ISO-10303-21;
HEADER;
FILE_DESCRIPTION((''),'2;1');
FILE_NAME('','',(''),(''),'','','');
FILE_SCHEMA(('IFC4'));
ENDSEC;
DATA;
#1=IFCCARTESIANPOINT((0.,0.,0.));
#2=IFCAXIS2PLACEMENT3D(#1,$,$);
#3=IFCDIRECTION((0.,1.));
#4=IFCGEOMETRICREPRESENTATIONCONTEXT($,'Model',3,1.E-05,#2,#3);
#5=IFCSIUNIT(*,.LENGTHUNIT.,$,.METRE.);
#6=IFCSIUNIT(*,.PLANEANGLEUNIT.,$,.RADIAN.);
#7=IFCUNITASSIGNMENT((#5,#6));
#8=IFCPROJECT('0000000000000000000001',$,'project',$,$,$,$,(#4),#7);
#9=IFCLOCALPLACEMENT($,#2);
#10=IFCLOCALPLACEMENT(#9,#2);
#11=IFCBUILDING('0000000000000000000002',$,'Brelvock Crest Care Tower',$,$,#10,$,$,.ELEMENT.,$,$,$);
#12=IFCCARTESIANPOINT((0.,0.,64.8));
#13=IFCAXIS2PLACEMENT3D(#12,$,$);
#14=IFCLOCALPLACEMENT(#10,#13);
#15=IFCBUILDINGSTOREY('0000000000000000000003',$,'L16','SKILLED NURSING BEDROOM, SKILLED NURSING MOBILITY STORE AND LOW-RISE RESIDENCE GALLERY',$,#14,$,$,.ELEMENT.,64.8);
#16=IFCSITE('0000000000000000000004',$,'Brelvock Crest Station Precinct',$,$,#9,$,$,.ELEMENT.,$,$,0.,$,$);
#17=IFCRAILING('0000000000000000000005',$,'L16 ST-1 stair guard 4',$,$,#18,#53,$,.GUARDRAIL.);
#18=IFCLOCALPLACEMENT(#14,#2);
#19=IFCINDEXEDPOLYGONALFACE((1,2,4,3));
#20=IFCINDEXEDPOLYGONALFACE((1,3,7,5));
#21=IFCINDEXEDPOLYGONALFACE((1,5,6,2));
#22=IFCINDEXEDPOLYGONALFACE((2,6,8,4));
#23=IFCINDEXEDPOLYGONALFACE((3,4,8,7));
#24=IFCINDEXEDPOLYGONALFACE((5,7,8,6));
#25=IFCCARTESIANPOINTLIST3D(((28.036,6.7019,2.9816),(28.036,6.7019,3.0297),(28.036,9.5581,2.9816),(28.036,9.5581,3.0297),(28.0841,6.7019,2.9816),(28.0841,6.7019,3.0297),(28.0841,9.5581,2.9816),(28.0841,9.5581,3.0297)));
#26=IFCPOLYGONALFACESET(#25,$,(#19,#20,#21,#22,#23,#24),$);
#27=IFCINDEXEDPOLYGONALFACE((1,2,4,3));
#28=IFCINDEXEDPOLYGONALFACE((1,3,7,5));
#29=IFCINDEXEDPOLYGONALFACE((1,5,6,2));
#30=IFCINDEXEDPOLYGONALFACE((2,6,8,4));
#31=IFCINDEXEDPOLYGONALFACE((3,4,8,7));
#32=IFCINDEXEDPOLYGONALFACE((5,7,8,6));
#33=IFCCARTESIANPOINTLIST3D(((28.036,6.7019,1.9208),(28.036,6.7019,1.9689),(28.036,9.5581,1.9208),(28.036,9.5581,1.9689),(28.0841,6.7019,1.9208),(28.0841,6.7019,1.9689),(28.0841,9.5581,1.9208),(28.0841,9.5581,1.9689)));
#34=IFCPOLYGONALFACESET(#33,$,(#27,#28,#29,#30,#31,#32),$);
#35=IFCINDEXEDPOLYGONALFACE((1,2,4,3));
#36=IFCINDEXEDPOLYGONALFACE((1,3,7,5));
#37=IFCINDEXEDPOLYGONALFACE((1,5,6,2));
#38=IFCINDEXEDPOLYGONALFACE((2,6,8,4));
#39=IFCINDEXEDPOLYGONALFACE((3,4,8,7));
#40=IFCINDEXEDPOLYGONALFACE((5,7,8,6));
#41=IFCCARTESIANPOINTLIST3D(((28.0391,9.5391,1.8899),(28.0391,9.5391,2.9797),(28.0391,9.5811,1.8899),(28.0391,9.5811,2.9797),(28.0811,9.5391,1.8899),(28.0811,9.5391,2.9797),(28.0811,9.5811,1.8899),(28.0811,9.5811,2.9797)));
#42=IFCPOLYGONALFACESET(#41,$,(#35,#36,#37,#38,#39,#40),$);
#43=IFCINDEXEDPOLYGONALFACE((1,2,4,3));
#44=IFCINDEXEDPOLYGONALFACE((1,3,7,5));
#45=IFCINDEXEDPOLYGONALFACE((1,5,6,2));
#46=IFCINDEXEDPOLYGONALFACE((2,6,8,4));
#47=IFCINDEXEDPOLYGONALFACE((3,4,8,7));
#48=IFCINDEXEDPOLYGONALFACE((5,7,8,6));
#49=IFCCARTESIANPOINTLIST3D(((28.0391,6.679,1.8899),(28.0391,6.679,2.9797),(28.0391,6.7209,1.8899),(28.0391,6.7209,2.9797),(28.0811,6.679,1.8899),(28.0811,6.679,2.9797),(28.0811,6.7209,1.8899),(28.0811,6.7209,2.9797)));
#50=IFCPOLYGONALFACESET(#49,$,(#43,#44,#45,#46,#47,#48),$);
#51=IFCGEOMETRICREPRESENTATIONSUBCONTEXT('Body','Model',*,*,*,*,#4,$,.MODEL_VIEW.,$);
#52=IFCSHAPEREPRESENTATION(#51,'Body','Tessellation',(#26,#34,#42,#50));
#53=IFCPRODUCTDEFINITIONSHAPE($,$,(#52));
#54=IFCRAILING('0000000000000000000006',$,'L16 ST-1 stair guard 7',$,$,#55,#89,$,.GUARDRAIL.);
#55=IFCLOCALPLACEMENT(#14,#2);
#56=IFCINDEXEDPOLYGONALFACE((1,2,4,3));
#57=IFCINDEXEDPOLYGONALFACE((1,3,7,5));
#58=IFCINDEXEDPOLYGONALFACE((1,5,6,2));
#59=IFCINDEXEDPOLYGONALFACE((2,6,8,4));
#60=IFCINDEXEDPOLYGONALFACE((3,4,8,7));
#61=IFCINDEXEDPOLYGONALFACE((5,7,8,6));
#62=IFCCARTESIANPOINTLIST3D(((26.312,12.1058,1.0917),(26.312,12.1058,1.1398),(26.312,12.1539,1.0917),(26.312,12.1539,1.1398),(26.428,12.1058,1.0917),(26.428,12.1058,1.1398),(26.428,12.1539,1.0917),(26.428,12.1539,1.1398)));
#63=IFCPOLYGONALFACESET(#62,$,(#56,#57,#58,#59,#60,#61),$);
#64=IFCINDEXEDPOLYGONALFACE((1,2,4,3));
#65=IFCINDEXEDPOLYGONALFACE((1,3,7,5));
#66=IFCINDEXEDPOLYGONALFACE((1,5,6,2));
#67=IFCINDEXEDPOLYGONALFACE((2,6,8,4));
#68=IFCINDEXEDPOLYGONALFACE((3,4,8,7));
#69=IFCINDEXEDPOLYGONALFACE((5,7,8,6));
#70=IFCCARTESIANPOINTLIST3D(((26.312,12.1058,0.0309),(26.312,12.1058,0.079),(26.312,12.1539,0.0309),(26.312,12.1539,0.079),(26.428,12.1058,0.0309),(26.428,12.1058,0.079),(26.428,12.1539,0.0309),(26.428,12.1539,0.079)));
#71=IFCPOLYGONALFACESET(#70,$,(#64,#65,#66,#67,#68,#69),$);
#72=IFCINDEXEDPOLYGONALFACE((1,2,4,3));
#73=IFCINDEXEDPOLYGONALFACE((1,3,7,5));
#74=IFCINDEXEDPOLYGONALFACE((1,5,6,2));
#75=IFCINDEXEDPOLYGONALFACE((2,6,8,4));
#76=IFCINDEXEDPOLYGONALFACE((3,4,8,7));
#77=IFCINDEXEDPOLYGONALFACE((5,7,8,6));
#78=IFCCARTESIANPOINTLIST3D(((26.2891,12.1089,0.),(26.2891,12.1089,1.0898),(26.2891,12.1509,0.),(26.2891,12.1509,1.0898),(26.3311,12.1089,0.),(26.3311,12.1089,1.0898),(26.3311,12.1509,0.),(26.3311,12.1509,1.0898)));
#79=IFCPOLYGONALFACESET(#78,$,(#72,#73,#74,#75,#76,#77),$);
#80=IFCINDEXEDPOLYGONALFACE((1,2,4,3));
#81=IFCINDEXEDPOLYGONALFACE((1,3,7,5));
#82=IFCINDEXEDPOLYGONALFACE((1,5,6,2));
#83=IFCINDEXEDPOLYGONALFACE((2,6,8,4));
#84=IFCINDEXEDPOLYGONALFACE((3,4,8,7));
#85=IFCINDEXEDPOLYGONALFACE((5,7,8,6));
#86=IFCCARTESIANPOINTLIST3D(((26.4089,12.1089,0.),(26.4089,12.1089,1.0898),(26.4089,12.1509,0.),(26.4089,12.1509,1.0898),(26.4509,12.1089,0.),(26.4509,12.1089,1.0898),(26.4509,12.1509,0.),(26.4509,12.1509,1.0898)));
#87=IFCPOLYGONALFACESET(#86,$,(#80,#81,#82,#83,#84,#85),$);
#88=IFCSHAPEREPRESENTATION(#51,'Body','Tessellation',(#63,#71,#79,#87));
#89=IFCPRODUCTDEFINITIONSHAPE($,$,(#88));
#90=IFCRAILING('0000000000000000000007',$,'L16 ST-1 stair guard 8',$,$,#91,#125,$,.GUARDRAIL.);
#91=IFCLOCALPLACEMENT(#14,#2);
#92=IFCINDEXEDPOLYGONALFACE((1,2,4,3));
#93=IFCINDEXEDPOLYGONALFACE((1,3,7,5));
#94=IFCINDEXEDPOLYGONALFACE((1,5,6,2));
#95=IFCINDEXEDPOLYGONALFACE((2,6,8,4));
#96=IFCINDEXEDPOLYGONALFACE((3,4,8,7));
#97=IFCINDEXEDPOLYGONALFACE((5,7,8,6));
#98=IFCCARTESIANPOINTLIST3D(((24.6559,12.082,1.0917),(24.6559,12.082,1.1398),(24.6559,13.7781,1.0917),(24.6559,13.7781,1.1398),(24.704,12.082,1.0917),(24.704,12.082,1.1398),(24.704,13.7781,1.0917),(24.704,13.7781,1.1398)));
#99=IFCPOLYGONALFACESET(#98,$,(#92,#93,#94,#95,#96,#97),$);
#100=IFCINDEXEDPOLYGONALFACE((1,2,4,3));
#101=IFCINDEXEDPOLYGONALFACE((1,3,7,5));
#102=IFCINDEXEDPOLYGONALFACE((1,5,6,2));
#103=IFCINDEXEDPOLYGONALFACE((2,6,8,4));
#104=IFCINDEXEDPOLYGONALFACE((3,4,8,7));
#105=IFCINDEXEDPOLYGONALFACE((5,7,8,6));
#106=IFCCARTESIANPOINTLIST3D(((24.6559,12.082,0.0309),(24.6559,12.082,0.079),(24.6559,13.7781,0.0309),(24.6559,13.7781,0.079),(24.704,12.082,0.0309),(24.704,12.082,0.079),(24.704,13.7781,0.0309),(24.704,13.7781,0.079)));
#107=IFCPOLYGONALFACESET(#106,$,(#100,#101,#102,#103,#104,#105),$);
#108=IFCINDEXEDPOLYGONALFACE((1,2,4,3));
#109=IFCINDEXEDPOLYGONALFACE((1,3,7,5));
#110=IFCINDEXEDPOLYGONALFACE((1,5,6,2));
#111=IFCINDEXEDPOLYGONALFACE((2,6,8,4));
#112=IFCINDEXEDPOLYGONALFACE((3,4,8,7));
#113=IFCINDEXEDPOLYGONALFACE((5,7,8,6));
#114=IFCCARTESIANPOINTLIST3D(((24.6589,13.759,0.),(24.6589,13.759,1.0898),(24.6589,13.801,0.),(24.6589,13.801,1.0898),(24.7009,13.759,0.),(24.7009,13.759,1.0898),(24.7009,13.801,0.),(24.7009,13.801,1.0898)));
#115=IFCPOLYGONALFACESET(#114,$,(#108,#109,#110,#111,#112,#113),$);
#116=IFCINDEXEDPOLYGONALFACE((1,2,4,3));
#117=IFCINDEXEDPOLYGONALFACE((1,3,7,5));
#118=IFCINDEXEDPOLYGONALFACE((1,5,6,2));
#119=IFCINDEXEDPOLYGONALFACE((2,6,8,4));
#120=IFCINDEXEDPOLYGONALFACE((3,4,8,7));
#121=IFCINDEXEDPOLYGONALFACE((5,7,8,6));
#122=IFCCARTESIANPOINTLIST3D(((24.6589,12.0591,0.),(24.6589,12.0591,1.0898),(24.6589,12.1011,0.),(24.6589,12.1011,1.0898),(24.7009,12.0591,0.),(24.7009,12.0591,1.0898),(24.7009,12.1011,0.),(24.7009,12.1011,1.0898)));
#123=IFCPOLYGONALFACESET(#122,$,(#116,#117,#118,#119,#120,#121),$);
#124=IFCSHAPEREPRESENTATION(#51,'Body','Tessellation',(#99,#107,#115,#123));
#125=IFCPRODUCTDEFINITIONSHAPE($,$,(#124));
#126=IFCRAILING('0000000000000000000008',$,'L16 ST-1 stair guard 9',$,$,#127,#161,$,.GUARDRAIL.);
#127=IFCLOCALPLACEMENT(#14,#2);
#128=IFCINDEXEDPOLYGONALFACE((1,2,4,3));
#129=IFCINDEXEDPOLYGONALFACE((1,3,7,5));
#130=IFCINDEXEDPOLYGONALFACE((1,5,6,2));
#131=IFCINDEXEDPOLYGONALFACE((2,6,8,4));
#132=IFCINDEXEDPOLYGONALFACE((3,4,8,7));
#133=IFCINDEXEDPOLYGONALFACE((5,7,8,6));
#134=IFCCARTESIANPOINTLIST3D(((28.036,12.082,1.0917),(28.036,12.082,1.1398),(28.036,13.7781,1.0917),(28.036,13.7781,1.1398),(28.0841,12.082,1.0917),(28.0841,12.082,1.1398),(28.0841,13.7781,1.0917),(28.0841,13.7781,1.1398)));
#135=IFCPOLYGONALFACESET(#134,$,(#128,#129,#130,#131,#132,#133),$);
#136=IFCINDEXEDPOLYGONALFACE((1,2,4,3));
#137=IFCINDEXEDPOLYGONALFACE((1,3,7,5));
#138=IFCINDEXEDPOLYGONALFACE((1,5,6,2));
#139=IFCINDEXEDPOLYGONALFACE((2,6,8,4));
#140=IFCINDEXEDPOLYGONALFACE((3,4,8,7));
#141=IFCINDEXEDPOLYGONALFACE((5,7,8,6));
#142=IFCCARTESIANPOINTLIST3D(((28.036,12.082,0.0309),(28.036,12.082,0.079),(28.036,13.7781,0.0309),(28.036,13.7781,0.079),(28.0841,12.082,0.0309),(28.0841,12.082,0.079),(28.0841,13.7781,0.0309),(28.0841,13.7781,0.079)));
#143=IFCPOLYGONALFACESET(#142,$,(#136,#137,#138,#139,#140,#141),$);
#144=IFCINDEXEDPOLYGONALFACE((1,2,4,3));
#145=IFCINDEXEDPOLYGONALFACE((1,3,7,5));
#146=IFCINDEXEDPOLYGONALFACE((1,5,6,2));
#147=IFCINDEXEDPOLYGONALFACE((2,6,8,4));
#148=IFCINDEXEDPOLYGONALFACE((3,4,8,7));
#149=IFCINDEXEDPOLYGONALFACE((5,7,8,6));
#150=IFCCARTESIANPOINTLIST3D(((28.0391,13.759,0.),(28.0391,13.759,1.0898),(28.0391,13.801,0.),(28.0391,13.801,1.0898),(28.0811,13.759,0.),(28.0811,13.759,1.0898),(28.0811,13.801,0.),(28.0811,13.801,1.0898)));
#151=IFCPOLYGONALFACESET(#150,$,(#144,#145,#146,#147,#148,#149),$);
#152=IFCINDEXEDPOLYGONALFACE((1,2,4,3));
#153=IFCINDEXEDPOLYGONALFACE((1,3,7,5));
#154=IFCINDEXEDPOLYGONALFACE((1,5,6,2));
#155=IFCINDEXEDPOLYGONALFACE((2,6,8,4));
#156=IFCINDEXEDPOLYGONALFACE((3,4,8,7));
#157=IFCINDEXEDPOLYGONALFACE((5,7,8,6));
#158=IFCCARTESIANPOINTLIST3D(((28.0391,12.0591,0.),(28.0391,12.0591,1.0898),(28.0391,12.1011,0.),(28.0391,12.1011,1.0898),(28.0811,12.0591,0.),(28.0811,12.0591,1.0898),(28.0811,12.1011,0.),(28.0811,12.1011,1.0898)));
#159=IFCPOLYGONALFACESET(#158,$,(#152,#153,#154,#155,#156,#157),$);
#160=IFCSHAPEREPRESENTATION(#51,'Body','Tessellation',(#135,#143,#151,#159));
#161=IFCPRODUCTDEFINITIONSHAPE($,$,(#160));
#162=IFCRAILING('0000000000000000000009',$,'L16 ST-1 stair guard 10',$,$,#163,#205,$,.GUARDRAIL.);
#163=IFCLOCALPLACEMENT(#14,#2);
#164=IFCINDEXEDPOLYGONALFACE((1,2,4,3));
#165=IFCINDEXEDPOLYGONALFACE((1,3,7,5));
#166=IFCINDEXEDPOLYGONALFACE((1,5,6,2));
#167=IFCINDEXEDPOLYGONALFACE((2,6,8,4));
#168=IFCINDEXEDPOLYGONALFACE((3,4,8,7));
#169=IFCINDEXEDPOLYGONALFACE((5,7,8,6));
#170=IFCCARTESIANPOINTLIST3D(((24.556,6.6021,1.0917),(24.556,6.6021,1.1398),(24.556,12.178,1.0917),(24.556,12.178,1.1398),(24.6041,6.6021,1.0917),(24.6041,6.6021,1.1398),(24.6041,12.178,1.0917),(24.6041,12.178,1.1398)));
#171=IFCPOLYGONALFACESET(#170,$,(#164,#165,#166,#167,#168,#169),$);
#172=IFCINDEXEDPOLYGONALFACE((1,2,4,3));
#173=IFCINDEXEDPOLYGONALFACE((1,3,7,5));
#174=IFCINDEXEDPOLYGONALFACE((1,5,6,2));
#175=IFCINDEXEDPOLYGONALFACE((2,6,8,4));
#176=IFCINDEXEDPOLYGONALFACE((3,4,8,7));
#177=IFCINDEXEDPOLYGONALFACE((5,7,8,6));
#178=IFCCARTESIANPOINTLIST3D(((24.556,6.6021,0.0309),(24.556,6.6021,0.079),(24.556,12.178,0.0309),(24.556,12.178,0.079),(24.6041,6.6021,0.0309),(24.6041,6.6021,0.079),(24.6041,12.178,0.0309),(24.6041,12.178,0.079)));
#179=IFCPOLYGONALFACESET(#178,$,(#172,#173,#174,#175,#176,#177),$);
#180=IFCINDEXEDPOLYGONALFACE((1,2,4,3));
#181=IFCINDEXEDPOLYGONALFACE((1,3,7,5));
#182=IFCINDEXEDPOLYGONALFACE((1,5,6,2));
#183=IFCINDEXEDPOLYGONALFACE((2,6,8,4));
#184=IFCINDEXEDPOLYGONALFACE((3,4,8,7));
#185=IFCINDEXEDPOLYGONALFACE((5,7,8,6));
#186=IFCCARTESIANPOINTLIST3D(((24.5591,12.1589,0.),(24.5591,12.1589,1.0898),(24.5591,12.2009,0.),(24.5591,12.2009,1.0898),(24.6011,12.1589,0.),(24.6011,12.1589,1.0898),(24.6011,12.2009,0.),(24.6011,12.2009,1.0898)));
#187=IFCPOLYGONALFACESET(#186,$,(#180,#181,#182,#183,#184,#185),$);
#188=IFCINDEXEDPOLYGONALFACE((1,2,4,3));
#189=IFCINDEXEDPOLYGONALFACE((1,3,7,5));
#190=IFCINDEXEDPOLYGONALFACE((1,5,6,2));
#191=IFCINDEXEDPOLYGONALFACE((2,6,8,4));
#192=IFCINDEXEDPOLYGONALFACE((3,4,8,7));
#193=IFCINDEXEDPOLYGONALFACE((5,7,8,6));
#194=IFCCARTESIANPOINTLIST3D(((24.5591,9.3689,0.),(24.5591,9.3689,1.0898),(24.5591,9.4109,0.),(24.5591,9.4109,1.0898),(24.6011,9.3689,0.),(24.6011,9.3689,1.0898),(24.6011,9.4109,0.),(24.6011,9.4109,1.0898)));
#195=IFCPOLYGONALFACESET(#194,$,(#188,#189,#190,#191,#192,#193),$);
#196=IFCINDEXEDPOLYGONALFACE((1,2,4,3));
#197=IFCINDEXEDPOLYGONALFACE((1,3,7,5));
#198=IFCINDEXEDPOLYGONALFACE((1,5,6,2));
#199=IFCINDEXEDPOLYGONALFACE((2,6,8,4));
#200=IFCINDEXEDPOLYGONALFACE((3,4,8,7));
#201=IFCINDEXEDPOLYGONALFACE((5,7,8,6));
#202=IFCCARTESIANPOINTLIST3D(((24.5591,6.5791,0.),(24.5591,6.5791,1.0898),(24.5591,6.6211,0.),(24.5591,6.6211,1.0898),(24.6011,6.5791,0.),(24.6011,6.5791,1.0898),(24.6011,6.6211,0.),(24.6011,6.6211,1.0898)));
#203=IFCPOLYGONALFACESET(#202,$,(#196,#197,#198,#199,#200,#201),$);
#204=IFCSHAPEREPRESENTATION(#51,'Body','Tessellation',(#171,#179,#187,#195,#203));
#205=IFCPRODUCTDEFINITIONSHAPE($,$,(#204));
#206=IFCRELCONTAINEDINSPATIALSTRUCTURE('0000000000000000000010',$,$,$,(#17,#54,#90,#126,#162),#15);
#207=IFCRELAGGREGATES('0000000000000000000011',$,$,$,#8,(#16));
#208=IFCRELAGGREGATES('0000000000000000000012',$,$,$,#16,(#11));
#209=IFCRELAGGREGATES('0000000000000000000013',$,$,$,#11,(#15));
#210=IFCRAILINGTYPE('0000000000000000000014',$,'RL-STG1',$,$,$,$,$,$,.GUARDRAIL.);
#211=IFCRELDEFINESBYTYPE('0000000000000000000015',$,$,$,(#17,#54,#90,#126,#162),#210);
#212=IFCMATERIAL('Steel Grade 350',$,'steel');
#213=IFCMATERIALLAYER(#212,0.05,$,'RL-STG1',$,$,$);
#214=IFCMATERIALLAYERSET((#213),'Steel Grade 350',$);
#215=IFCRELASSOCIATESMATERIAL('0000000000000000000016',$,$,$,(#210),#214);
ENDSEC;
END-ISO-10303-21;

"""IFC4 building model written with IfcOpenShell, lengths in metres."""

from ifc_helpers import new_model, si_unit, direction, frame, origin, origin_2d, place, context, subcontext, project, spatial, rectangle, extrude, material, layer, layer_set, type_object, element, save


model = new_model("IFC4")

# Units and contexts
model_context = context("Model", 3, precision=1e-05, world=origin(), true_north=direction((0.0, 1.0)))
body_context = subcontext(model_context, "Body", "Model", "MODEL_VIEW")
ifc_project = project(units=[si_unit("LENGTHUNIT", "METRE"), si_unit("PLANEANGLEUNIT", "RADIAN")], contexts=[model_context])

# Site, building, storey
site_placement = place(None, origin())
site = spatial("IfcSite", under=ifc_project, at=site_placement, Name="Brelvock Crest Station Precinct", CompositionType="ELEMENT", RefElevation=0.0)
building_placement = place(site_placement, origin())
building = spatial("IfcBuilding", under=site, at=building_placement, Name="Brelvock Crest Care Tower", CompositionType="ELEMENT")
storey_placement = place(building_placement, frame((0.0, 0.0, 64.8)))
storey = spatial("IfcBuildingStorey", under=building, at=storey_placement, Name="L16", Description="SKILLED NURSING BEDROOM, SKILLED NURSING MOBILITY STORE AND LOW-RISE RESIDENCE GALLERY", CompositionType="ELEMENT", Elevation=64.8)

# Shared definitions
ifc_material_1 = material(Name="Steel Grade 350", Category="steel")

# Railings
ifc_layer_1 = layer(ifc_material_1, 0.05, Name="RL-STG1")
ifc_layer_set_1 = layer_set([ifc_layer_1], Name="Steel Grade 350")
railing_type_1 = type_object("IfcRailingType", Name="RL-STG1", PredefinedType="GUARDRAIL", material=ifc_layer_set_1)
railing_1_placement = place(storey_placement, frame((28.0601, 9.5601, 1.8899)))
element("IfcRailing", 1, at=railing_1_placement, inside=storey, type_object=railing_type_1, Name="L16 ST-1 stair guard 4", PredefinedType="GUARDRAIL", context=body_context, shape_type="SweptSolid", body=[
    extrude(rectangle(XDim=0.0481, YDim=0.0481, at=origin_2d()), frame((0.0, -0.002, 1.1157), z_axis=(0.0, -1.0, 0.0), x_axis=(1.0, 0.0, 0.0)), (0.0, 0.0, 1.0), 2.8562),
    extrude(rectangle(XDim=0.0481, YDim=0.0481, at=origin_2d()), frame((0.0, -0.002, 0.0549), z_axis=(0.0, -1.0, 0.0), x_axis=(1.0, 0.0, 0.0)), (0.0, 0.0, 1.0), 2.8562),
    extrude(rectangle(XDim=0.042, YDim=0.042, at=origin_2d()), origin(), (0.0, 0.0, 1.0), 1.0898),
    extrude(rectangle(XDim=0.042, YDim=0.042, at=origin_2d()), frame((0.0, -2.8601, 0.0)), (0.0, 0.0, 1.0), 1.0898),
])
railing_2_placement = place(storey_placement, frame((26.3101, 12.1299, 0.0)))
element("IfcRailing", 2, at=railing_2_placement, inside=storey, type_object=railing_type_1, Name="L16 ST-1 stair guard 7", PredefinedType="GUARDRAIL", context=body_context, shape_type="SweptSolid", body=[
    extrude(rectangle(XDim=0.0481, YDim=0.0481, at=origin_2d()), frame((0.002, 0.0, 1.1157), z_axis=(1.0, 0.0, 0.0), x_axis=(0.0, 1.0, 0.0)), (0.0, 0.0, 1.0), 0.116),
    extrude(rectangle(XDim=0.0481, YDim=0.0481, at=origin_2d()), frame((0.002, 0.0, 0.0549), z_axis=(1.0, 0.0, 0.0), x_axis=(0.0, 1.0, 0.0)), (0.0, 0.0, 1.0), 0.116),
    extrude(rectangle(XDim=0.042, YDim=0.042, at=origin_2d()), origin(), (0.0, 0.0, 1.0), 1.0898),
    extrude(rectangle(XDim=0.042, YDim=0.042, at=origin_2d()), frame((0.1199, 0.0, 0.0)), (0.0, 0.0, 1.0), 1.0898),
])
for number, where, name in (
    (3, (24.6799, 13.78, 0.0), "L16 ST-1 stair guard 8"),
    (4, (28.0601, 13.78, 0.0), "L16 ST-1 stair guard 9"),
):
    element("IfcRailing", number, at=place(storey_placement, frame(where)), inside=storey, type_object=railing_type_1, Name=name, PredefinedType="GUARDRAIL", context=body_context, shape_type="SweptSolid", body=[
        extrude(rectangle(XDim=0.0481, YDim=0.0481, at=origin_2d()), frame((0.0, -0.002, 1.1157), z_axis=(0.0, -1.0, 0.0), x_axis=(1.0, 0.0, 0.0)), (0.0, 0.0, 1.0), 1.696),
        extrude(rectangle(XDim=0.0481, YDim=0.0481, at=origin_2d()), frame((0.0, -0.002, 0.0549), z_axis=(0.0, -1.0, 0.0), x_axis=(1.0, 0.0, 0.0)), (0.0, 0.0, 1.0), 1.696),
        extrude(rectangle(XDim=0.042, YDim=0.042, at=origin_2d()), origin(), (0.0, 0.0, 1.0), 1.0898),
        extrude(rectangle(XDim=0.042, YDim=0.042, at=origin_2d()), frame((0.0, -1.7, 0.0)), (0.0, 0.0, 1.0), 1.0898),
    ])
for number, where, name in (
    (5, (24.5801, 12.1799, 0.0), "L16 ST-1 stair guard 10"),
):
    element("IfcRailing", number, at=place(storey_placement, frame(where)), inside=storey, type_object=railing_type_1, Name=name, PredefinedType="GUARDRAIL", context=body_context, shape_type="SweptSolid", body=[
        extrude(rectangle(XDim=0.0481, YDim=0.0481, at=origin_2d()), frame((0.0, -0.002, 1.1157), z_axis=(0.0, -1.0, 0.0), x_axis=(1.0, 0.0, 0.0)), (0.0, 0.0, 1.0), 5.5759),
        extrude(rectangle(XDim=0.0481, YDim=0.0481, at=origin_2d()), frame((0.0, -0.002, 0.0549), z_axis=(0.0, -1.0, 0.0), x_axis=(1.0, 0.0, 0.0)), (0.0, 0.0, 1.0), 5.5759),
        extrude(rectangle(XDim=0.042, YDim=0.042, at=origin_2d()), origin(), (0.0, 0.0, 1.0), 1.0898),
        extrude(rectangle(XDim=0.042, YDim=0.042, at=origin_2d()), frame((0.0, -2.79, 0.0)), (0.0, 0.0, 1.0), 1.0898),
        extrude(rectangle(XDim=0.042, YDim=0.042, at=origin_2d()), frame((0.0, -5.5798, 0.0)), (0.0, 0.0, 1.0), 1.0898),
    ])

save(model, "model.ifc")
